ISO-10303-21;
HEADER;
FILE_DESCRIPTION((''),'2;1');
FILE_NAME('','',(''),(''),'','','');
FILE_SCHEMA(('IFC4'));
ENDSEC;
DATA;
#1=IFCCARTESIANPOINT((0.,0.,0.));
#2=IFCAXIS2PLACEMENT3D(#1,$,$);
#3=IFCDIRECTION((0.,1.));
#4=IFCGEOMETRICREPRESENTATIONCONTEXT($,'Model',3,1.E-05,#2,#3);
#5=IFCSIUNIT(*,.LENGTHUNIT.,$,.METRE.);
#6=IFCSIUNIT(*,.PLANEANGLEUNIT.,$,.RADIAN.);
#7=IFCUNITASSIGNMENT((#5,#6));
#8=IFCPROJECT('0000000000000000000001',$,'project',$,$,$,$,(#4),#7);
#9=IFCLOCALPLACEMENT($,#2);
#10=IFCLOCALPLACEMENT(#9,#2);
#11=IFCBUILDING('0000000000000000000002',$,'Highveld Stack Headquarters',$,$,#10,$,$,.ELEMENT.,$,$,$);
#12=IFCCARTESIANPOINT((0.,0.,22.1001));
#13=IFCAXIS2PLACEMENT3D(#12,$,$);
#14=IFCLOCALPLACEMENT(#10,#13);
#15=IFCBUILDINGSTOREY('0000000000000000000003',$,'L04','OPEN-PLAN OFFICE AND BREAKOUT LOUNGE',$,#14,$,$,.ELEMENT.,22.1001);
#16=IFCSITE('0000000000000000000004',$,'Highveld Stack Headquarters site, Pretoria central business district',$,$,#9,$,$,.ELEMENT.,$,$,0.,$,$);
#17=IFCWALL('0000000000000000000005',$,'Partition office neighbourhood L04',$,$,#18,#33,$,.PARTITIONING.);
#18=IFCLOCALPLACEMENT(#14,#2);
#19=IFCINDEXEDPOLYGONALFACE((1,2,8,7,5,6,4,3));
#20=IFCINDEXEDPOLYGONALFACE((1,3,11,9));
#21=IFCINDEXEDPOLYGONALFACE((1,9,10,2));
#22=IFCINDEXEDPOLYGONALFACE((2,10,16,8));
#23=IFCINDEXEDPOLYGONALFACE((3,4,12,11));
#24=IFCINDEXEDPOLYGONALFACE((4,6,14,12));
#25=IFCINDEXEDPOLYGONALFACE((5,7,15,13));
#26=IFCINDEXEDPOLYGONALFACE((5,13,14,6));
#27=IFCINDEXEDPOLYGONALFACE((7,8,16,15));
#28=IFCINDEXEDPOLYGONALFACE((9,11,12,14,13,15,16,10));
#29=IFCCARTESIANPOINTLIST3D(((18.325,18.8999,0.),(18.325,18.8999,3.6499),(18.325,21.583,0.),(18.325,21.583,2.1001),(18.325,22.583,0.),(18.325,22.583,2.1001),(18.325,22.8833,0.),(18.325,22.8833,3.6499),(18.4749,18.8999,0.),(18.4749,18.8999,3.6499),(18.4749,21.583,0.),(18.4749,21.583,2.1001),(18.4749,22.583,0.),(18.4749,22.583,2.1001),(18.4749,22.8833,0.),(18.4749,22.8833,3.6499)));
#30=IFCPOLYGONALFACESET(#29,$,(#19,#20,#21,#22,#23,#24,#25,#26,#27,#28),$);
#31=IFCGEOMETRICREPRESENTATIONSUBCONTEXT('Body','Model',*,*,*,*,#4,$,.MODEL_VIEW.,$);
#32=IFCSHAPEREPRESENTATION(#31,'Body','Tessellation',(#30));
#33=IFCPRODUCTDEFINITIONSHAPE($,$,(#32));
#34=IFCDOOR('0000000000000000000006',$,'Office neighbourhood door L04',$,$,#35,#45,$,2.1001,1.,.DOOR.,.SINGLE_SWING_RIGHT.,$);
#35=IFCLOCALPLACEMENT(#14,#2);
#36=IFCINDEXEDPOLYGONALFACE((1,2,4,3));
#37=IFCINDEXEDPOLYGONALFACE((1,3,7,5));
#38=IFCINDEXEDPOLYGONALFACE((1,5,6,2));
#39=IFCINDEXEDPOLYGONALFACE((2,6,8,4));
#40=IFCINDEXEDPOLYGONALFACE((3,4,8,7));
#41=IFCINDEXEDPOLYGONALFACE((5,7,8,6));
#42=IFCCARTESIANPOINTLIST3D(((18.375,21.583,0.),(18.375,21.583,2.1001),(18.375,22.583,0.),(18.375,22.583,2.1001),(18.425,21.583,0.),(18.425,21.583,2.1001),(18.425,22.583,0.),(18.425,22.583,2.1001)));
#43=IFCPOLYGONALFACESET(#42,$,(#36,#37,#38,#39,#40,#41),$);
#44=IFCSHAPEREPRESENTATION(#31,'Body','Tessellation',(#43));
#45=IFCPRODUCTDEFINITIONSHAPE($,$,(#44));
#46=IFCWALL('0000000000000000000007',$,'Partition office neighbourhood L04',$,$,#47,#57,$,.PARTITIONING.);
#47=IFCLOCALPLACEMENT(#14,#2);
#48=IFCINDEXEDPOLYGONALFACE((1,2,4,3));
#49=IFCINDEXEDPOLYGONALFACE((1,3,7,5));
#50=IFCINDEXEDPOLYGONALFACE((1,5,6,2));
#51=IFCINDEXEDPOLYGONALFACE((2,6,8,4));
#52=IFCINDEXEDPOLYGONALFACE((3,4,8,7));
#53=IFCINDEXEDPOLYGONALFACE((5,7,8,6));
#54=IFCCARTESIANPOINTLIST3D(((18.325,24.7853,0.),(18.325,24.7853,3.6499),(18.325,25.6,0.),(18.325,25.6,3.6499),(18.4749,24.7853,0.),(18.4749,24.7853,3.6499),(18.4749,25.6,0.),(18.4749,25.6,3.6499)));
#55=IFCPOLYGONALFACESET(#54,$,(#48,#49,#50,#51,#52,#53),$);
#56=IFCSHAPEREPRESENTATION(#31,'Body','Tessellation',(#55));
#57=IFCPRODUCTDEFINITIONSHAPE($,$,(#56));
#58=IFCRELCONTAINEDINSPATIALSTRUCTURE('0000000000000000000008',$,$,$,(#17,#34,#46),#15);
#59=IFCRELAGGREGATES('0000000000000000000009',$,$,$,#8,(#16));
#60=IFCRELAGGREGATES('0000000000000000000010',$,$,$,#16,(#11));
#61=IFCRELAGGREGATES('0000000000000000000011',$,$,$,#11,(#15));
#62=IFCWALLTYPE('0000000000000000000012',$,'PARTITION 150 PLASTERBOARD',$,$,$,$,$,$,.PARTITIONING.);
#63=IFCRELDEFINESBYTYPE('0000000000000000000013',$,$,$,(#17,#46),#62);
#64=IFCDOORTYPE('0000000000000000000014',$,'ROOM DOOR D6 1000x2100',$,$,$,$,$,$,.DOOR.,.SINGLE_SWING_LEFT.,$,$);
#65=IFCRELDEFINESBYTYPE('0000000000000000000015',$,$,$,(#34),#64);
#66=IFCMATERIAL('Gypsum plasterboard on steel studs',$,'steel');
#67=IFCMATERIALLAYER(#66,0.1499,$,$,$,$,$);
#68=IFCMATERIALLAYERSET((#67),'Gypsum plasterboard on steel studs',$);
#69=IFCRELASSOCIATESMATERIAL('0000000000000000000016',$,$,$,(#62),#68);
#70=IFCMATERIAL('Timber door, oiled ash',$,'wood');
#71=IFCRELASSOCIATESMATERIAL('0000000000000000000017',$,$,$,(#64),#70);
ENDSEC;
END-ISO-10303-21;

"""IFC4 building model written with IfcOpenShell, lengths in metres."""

from ifc_helpers import new_model, si_unit, direction, frame, frame_2d, origin, place, context, subcontext, project, spatial, rectangle, extrude, material, layer, layer_set, type_object, element, fill, save


model = new_model("IFC4")

# Units and contexts
model_context = context("Model", 3, precision=1e-05, world=origin(), true_north=direction((0.0, 1.0)))
body_context = subcontext(model_context, "Body", "Model", "MODEL_VIEW")
ifc_project = project(units=[si_unit("LENGTHUNIT", "METRE"), si_unit("PLANEANGLEUNIT", "RADIAN")], contexts=[model_context])

# Site, building, storey
site_placement = place(None, origin())
site = spatial("IfcSite", under=ifc_project, at=site_placement, Name="Highveld Stack Headquarters site, Pretoria central business district", CompositionType="ELEMENT", RefElevation=0.0)
building_placement = place(site_placement, origin())
building = spatial("IfcBuilding", under=site, at=building_placement, Name="Highveld Stack Headquarters", CompositionType="ELEMENT")
storey_placement = place(building_placement, frame((0.0, 0.0, 22.1001)))
storey = spatial("IfcBuildingStorey", under=building, at=storey_placement, Name="L04", Description="OPEN-PLAN OFFICE AND BREAKOUT LOUNGE", CompositionType="ELEMENT", Elevation=22.1001)

# Shared definitions
ifc_material_1 = material(Name="Gypsum plasterboard on steel studs", Category="steel")
ifc_layer_1 = layer(ifc_material_1, 0.1499)
ifc_layer_set_1 = layer_set([ifc_layer_1], Name="Gypsum plasterboard on steel studs")
wall_type = type_object("IfcWallType", Name="PARTITION 150 PLASTERBOARD", PredefinedType="PARTITIONING", material=ifc_layer_set_1)

# Wall, opening, door
wall_1_placement = place(storey_placement, frame((18.3999, 18.8999, 0.0), z_axis=(0.0, 0.0, 1.0), x_axis=(0.0, 1.0, 0.0)))
wall_1 = element("IfcWall", 1, at=wall_1_placement, inside=storey, type_object=wall_type, Name="Partition office neighbourhood L04", PredefinedType="PARTITIONING", context=body_context, shape_type="SweptSolid", body=[
    extrude(rectangle(XDim=3.9834, YDim=0.1499, at=frame_2d((1.9917, 0.0))), origin(), (0.0, 0.0, 1.0), 3.6499),
])
opening_placement = place(wall_1_placement, frame((2.6831, 0.0, 0.0)))
opening = element("IfcOpeningElement", 2, at=opening_placement, cuts=wall_1, PredefinedType="OPENING", context=body_context, shape_type="SweptSolid", body=[
    extrude(rectangle(XDim=1.0, YDim=2.1001, at=frame_2d((0.5, 1.05))), frame((0.0, 0.085, 0.0), z_axis=(0.0, -1.0, 0.0), x_axis=(1.0, 0.0, 0.0)), (0.0, 0.0, 1.0), 0.1699),
])
ifc_material_2 = material(Name="Timber door, oiled ash", Category="wood")
door_type = type_object("IfcDoorType", Name="ROOM DOOR D6 1000x2100", OperationType="SINGLE_SWING_LEFT", PredefinedType="DOOR", material=ifc_material_2)
door_placement = place(opening_placement, origin())
door = element("IfcDoor", 3, at=door_placement, inside=storey, type_object=door_type, Name="Office neighbourhood door L04", OperationType="SINGLE_SWING_RIGHT", OverallHeight=2.1001, OverallWidth=1.0, PredefinedType="DOOR", context=body_context, shape_type="SweptSolid", body=[
    extrude(rectangle(XDim=1.0, YDim=2.1001, at=frame_2d((0.5, 1.05))), frame((0.0, 0.0249, 0.0), z_axis=(0.0, -1.0, 0.0), x_axis=(1.0, 0.0, 0.0)), (0.0, 0.0, 1.0), 0.05),
])
fill(opening, door)

# Wall
wall_2_placement = place(storey_placement, frame((18.3999, 24.7854, 0.0), z_axis=(0.0, 0.0, 1.0), x_axis=(0.0, 1.0, 0.0)))
element("IfcWall", 4, at=wall_2_placement, inside=storey, type_object=wall_type, Name="Partition office neighbourhood L04", PredefinedType="PARTITIONING", context=body_context, shape_type="SweptSolid", body=[
    extrude(rectangle(XDim=0.8147, YDim=0.1499, at=frame_2d((0.4072, 0.0))), origin(), (0.0, 0.0, 1.0), 3.6499),
])

save(model, "model.ifc")
